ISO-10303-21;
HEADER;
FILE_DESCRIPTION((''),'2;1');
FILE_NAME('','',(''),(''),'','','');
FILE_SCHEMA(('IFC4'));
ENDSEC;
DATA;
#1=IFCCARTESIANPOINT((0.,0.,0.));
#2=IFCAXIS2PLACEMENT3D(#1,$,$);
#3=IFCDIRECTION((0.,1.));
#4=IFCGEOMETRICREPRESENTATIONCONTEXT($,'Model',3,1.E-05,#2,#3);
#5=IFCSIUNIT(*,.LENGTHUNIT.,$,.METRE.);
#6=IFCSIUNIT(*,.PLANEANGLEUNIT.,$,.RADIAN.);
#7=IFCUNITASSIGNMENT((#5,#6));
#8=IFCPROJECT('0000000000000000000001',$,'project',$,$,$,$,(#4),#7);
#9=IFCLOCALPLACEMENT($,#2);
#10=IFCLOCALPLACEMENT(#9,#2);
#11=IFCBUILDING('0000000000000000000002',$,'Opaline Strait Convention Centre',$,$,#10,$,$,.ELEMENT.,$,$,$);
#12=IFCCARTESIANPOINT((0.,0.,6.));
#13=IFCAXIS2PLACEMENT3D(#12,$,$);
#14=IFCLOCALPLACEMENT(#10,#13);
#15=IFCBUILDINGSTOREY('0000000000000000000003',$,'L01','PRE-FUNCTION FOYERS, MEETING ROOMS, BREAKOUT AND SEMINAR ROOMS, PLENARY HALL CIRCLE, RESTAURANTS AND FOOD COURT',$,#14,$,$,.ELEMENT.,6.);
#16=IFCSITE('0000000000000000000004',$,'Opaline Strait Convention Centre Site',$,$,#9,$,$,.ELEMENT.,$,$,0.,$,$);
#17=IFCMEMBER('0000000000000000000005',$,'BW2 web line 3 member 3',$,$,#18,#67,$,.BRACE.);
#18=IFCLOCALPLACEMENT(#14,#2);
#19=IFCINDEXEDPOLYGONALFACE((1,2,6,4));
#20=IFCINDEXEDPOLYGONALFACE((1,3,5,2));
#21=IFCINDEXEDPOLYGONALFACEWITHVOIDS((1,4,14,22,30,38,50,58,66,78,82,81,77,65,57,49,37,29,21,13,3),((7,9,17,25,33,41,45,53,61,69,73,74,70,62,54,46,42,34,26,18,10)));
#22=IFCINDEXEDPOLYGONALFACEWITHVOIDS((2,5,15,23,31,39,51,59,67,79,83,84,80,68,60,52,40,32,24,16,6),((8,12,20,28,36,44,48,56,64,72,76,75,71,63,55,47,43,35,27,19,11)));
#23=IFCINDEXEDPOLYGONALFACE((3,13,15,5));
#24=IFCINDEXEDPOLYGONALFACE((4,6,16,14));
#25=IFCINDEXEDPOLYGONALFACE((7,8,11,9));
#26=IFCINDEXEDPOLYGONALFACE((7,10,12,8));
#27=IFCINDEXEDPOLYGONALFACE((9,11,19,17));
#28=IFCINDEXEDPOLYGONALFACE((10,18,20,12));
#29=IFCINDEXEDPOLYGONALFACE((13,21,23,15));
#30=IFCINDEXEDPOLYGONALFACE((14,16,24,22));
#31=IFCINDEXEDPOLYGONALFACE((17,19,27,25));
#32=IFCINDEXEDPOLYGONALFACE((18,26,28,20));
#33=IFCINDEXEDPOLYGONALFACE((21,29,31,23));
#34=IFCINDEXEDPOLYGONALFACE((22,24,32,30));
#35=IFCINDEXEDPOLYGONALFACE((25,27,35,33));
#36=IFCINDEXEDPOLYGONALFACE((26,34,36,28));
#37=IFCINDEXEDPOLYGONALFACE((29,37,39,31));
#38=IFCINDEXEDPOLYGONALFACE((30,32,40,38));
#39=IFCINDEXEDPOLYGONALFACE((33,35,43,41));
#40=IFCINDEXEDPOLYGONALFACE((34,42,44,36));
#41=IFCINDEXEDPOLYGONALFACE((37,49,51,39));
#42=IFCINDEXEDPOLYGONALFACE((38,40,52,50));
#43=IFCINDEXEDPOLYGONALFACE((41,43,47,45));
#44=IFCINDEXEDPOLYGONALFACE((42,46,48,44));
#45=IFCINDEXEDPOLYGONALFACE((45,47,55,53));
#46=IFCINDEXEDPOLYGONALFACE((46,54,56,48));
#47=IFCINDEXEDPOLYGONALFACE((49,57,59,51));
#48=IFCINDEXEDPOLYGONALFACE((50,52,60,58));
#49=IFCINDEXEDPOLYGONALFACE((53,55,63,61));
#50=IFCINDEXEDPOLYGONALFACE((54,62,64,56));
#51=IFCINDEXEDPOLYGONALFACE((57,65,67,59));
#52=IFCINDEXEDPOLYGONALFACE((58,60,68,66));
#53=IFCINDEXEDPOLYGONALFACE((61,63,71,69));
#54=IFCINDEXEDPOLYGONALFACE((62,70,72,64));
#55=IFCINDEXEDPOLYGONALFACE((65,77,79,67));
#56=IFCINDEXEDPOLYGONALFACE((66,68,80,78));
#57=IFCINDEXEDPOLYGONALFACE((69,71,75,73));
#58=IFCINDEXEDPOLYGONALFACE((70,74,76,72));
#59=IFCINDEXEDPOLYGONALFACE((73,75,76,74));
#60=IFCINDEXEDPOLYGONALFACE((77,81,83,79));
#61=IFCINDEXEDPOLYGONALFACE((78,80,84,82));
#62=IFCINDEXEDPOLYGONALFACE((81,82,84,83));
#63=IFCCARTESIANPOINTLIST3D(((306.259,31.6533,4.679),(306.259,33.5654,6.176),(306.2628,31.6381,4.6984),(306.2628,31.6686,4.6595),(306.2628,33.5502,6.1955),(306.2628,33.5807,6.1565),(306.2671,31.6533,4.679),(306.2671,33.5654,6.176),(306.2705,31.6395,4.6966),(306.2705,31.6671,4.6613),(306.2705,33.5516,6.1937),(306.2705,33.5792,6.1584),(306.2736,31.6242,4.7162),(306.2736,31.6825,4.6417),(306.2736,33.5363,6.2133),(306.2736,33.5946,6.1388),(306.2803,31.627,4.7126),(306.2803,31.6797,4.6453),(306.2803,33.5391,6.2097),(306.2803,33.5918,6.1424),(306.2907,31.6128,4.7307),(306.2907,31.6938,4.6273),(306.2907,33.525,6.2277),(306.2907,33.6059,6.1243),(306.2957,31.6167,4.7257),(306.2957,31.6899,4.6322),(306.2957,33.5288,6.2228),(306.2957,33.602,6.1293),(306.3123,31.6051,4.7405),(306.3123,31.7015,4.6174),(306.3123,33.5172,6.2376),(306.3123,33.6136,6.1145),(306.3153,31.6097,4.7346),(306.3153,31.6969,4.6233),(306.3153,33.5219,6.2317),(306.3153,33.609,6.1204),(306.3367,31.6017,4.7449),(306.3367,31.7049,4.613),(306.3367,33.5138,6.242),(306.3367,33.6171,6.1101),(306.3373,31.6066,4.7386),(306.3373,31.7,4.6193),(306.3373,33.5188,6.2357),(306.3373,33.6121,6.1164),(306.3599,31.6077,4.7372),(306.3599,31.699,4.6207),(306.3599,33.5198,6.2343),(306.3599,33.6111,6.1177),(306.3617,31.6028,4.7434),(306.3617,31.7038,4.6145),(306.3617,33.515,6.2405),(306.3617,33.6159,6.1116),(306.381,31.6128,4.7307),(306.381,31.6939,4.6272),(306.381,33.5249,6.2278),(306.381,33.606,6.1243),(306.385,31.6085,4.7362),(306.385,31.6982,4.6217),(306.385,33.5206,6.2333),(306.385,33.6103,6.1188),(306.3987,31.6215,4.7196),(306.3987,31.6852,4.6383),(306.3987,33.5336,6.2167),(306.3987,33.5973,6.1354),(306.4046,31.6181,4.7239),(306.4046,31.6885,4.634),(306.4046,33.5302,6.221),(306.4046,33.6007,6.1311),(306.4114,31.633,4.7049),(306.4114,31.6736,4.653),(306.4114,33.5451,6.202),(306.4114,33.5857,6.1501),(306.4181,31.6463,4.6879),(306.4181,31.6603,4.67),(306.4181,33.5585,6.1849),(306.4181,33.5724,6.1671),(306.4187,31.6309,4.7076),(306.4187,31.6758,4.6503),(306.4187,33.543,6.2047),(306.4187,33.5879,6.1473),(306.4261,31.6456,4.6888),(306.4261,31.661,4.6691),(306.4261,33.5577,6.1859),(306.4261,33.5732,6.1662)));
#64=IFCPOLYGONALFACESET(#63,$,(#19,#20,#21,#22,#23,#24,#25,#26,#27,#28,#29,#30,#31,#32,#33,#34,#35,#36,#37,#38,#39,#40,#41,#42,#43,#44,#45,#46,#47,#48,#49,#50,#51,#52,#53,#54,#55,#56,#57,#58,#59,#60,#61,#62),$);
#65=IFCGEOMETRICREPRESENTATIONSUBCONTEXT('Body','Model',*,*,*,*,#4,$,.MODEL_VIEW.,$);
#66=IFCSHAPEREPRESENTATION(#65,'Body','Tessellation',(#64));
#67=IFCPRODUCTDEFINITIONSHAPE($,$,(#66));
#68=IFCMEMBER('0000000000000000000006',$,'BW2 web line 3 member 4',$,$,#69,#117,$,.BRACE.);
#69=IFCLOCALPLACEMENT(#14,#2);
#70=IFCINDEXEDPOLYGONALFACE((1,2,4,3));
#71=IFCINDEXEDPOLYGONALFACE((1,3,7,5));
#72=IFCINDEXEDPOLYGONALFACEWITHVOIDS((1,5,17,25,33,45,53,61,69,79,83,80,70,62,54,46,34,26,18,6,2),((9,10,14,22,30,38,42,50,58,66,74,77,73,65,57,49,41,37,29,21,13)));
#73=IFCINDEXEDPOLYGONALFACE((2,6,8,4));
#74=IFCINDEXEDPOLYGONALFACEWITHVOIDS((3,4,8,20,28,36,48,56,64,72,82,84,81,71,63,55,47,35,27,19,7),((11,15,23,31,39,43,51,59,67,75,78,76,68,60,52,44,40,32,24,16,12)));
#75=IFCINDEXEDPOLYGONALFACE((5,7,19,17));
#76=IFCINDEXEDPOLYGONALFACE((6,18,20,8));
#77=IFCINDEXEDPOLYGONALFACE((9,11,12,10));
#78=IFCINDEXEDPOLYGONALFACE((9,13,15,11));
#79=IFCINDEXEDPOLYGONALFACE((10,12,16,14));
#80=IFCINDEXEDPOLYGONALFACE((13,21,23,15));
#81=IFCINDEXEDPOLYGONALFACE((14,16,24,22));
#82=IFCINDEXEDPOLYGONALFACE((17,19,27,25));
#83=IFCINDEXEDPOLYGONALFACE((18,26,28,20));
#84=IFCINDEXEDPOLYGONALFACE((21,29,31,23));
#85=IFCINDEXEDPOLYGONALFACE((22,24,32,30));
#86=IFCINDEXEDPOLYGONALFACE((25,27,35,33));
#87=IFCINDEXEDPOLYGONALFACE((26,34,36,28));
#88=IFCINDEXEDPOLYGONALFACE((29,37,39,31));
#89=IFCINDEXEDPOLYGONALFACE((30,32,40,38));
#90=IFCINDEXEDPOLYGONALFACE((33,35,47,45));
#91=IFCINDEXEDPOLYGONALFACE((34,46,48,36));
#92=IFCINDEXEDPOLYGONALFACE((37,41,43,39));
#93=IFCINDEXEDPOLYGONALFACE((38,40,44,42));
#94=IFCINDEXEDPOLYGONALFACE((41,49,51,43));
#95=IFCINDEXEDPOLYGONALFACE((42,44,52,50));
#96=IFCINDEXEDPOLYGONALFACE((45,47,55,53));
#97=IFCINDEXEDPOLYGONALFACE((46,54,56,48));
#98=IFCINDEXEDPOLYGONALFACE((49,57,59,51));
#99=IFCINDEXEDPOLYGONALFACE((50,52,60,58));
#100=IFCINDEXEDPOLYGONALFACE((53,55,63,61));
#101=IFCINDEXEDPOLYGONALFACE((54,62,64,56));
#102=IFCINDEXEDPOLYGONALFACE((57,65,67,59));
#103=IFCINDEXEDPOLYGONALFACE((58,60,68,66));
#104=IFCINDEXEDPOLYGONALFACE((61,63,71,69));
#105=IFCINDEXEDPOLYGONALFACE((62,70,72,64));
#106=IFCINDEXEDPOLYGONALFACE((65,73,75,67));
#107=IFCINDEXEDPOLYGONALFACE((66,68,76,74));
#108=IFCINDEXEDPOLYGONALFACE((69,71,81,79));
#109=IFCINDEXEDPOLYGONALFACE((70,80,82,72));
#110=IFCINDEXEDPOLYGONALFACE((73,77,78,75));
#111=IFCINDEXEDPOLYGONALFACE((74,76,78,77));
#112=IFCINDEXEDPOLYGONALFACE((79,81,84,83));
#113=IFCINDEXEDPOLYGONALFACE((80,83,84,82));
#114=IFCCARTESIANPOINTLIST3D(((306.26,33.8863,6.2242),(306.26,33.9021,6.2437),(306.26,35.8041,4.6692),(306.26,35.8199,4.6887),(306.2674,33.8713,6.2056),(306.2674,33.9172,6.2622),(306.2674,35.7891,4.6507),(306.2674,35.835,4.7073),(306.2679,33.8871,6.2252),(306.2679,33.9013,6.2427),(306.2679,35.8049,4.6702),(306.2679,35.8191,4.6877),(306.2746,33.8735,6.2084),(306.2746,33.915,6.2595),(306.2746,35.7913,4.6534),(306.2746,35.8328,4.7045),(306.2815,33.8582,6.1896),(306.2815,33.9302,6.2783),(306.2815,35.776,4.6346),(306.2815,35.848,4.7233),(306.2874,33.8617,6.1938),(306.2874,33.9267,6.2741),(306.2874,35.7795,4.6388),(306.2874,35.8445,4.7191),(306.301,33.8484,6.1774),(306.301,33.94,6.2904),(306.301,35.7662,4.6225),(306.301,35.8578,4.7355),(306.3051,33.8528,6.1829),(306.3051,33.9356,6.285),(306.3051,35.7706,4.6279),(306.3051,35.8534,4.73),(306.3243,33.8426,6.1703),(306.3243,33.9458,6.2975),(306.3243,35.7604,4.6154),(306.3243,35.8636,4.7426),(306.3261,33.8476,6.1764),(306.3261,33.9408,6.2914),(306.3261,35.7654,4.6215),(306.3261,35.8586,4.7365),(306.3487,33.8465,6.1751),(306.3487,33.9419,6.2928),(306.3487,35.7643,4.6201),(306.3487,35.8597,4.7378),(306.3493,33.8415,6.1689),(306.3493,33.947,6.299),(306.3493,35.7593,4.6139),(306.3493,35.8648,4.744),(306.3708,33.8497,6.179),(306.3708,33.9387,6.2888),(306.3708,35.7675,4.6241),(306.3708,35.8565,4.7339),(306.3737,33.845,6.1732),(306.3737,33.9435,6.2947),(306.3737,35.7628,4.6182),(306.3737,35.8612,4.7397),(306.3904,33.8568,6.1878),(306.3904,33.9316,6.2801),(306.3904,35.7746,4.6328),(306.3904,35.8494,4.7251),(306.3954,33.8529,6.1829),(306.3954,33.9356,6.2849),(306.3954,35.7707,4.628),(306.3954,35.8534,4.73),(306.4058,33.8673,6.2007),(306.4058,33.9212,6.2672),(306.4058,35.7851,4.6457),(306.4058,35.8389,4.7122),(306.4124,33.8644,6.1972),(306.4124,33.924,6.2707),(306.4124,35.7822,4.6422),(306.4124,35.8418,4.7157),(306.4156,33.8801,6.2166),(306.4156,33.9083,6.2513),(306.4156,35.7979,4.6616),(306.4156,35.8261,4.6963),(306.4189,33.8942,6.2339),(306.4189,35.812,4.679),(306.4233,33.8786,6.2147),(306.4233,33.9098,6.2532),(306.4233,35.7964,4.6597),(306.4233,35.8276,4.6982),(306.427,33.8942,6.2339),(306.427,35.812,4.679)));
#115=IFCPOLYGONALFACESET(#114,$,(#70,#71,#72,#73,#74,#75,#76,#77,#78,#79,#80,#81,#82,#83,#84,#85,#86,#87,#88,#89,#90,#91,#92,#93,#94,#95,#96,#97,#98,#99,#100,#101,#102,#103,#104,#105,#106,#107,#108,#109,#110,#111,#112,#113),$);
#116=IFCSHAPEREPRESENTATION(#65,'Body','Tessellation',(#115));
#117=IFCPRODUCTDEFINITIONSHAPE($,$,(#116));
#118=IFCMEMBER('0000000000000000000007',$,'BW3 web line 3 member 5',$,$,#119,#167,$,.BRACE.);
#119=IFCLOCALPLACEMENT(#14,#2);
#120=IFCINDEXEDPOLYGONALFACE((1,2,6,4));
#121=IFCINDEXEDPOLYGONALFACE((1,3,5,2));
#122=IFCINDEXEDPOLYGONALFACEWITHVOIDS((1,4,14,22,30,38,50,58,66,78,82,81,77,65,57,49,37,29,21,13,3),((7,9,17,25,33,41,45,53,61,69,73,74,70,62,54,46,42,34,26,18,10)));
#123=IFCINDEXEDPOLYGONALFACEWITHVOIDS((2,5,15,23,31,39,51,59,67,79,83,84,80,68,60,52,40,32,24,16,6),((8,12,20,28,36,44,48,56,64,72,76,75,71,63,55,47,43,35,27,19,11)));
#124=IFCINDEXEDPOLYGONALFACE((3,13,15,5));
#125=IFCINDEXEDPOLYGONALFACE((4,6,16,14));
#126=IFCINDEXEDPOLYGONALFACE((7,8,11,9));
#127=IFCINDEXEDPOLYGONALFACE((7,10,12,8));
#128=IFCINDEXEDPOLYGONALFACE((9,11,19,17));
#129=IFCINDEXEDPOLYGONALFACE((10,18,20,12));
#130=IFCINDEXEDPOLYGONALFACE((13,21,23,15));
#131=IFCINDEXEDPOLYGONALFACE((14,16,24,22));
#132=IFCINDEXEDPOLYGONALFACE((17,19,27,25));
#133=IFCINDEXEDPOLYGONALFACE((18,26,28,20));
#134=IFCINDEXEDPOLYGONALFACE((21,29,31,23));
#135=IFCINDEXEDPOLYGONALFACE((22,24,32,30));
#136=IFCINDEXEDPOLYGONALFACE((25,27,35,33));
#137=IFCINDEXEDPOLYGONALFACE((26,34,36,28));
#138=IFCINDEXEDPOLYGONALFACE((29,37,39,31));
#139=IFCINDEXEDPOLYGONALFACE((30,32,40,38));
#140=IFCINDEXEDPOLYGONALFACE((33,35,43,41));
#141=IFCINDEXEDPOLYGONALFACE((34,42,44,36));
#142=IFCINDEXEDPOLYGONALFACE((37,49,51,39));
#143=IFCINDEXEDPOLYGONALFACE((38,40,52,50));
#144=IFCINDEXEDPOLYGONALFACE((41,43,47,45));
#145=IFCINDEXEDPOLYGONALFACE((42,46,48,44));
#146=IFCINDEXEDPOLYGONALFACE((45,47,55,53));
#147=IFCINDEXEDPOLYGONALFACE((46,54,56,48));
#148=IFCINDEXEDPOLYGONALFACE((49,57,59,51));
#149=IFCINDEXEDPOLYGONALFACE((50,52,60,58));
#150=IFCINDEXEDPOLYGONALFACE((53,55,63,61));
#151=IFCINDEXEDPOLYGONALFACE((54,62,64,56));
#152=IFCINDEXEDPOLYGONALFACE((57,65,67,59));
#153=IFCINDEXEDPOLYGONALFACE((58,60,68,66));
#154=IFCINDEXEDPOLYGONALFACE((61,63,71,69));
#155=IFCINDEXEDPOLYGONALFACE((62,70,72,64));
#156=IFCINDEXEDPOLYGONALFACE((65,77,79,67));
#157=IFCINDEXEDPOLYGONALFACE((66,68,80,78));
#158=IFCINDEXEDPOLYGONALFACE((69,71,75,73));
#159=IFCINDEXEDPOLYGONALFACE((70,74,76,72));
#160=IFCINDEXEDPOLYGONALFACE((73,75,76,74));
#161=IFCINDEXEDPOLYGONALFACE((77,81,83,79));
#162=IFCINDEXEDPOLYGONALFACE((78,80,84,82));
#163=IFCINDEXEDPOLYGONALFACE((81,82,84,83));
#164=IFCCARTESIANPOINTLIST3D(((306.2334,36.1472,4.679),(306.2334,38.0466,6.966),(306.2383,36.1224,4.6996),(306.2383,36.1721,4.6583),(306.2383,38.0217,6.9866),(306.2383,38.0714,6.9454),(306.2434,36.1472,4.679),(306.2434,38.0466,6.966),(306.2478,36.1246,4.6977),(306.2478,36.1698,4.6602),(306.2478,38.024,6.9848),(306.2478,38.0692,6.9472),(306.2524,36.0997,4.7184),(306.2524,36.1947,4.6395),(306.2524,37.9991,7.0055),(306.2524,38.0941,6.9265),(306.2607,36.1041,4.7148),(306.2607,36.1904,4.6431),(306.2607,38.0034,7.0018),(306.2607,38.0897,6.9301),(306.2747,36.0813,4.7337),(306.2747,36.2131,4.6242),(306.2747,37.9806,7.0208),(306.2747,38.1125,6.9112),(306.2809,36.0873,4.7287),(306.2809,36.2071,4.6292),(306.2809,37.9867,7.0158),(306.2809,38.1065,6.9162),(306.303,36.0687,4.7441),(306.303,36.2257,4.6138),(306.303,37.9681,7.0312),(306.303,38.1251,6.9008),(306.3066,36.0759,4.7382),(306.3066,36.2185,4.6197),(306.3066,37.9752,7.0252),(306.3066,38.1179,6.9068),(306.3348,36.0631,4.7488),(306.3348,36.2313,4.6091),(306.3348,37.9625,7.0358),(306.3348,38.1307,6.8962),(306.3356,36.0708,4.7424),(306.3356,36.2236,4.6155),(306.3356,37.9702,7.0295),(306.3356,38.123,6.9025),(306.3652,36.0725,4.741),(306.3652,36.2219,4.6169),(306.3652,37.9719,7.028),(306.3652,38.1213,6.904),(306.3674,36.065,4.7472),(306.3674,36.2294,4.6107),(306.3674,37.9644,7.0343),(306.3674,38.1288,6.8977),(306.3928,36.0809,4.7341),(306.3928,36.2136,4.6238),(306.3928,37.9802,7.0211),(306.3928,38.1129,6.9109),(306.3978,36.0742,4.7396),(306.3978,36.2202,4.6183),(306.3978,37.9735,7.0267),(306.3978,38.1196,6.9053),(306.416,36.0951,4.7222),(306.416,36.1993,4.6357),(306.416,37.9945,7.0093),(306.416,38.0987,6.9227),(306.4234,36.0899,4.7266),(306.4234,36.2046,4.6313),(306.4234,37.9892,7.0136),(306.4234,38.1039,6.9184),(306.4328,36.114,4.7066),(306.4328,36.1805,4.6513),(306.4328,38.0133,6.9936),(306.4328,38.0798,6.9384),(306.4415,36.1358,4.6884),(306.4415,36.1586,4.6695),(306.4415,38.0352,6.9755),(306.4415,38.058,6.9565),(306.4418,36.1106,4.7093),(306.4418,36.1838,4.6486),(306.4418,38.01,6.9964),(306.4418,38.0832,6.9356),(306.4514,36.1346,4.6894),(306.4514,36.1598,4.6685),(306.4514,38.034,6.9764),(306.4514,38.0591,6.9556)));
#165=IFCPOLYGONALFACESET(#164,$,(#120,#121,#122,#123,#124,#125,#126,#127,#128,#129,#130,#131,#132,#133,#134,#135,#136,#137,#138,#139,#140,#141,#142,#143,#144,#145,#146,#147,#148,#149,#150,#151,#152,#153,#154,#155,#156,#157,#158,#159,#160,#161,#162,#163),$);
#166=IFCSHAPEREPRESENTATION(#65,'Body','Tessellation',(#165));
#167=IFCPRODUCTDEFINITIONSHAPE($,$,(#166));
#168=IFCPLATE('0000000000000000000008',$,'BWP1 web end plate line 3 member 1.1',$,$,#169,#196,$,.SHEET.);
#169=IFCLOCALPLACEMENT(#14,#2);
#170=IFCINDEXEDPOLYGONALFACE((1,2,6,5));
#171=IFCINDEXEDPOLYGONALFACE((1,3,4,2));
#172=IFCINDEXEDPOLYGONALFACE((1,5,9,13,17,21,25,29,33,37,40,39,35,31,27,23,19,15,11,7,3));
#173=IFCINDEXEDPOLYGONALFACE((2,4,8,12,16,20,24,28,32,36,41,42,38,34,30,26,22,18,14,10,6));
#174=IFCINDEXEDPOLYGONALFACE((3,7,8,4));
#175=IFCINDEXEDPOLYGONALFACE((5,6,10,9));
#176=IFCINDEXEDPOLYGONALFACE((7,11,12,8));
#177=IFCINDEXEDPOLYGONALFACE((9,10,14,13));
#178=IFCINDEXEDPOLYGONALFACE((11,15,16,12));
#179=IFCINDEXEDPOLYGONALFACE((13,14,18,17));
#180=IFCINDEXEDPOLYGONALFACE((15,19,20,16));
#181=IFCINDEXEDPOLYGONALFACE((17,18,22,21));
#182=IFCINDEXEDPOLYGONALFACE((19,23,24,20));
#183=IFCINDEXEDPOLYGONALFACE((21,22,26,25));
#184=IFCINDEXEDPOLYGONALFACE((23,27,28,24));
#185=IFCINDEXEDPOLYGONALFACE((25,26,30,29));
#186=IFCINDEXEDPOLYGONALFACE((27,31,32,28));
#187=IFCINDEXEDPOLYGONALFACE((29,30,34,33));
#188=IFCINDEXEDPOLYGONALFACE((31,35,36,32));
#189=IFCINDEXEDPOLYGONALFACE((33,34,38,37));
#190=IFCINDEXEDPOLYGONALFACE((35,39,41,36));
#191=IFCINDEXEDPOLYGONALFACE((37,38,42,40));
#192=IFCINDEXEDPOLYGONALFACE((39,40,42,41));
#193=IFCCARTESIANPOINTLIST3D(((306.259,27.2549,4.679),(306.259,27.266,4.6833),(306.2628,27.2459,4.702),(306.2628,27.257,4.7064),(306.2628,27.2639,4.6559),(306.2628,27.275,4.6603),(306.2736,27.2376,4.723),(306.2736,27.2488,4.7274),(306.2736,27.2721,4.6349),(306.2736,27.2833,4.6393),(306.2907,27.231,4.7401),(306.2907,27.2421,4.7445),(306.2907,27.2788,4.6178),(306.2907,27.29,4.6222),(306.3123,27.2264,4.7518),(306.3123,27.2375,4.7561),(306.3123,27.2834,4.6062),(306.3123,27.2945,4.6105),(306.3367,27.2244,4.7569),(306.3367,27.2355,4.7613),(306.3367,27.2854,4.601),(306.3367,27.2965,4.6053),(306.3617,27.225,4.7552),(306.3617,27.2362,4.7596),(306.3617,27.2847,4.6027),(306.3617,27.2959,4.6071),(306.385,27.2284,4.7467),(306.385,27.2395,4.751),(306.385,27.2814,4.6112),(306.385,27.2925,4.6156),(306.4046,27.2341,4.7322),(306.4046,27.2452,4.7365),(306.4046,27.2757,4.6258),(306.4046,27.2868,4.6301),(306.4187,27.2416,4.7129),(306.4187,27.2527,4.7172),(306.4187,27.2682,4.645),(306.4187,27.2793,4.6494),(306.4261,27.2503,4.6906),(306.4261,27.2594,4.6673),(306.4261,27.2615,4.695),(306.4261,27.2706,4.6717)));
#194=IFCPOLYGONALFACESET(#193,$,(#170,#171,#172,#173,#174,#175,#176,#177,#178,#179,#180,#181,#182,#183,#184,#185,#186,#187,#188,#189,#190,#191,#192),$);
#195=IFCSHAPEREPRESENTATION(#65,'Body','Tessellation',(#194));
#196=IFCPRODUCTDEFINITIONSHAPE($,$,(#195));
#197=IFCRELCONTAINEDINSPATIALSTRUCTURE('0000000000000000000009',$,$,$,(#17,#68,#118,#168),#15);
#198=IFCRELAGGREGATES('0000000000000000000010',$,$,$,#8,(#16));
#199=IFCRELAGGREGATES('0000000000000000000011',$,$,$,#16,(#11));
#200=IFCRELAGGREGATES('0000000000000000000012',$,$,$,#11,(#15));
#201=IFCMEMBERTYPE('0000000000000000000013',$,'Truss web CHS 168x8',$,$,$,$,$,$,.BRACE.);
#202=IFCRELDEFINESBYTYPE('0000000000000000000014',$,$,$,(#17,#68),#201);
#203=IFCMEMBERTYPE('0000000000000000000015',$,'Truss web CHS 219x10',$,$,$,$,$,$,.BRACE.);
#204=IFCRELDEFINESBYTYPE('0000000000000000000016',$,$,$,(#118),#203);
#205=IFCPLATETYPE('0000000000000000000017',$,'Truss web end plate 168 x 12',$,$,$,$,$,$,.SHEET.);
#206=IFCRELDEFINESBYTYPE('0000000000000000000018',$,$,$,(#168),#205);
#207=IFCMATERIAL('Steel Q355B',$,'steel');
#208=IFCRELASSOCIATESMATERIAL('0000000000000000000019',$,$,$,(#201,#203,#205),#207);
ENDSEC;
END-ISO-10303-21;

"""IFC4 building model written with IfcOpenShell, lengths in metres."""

from ifc_helpers import new_model, si_unit, direction, frame, origin, origin_2d, place, context, subcontext, project, spatial, circle, hollow_circle, extrude, material, material_profile, profile_set, type_object, element, save


model = new_model("IFC4")

# Units and contexts
model_context = context("Model", 3, precision=1e-05, world=origin(), true_north=direction((0.0, 1.0)))
body_context = subcontext(model_context, "Body", "Model", "MODEL_VIEW")
ifc_project = project(units=[si_unit("LENGTHUNIT", "METRE"), si_unit("PLANEANGLEUNIT", "RADIAN")], contexts=[model_context])

# Site, building, storey
site_placement = place(None, origin())
site = spatial("IfcSite", under=ifc_project, at=site_placement, Name="Opaline Strait Convention Centre Site", CompositionType="ELEMENT", RefElevation=0.0)
building_placement = place(site_placement, origin())
building = spatial("IfcBuilding", under=site, at=building_placement, Name="Opaline Strait Convention Centre", CompositionType="ELEMENT")
storey_placement = place(building_placement, frame((0.0, 0.0, 6.0)))
storey = spatial("IfcBuildingStorey", under=building, at=storey_placement, Name="L01", Description="PRE-FUNCTION FOYERS, MEETING ROOMS, BREAKOUT AND SEMINAR ROOMS, PLENARY HALL CIRCLE, RESTAURANTS AND FOOD COURT", CompositionType="ELEMENT", Elevation=6.0)

# Members
ifc_material_1 = material(Name="Steel Q355B", Category="steel")
ifc_material_profile_1 = material_profile(ifc_material_1, hollow_circle(Radius=0.084, WallThickness=0.0081, at=origin_2d()), Name="CHS 168x8")
ifc_profile_set_1 = profile_set([ifc_material_profile_1], Name="Steel Q355B")
member_type_1 = type_object("IfcMemberType", Name="Truss web CHS 168x8", PredefinedType="BRACE", material=ifc_profile_set_1)
member_1_placement = place(storey_placement, frame((306.343, 31.6533, 4.679), z_axis=(0.0, 0.787378, 0.616471), x_axis=(-1.0, 0.0, 0.0)))
element("IfcMember", 1, at=member_1_placement, inside=storey, type_object=member_type_1, Name="BW2 web line 3 member 3", PredefinedType="BRACE", context=body_context, shape_type="SweptSolid", body=[
    extrude(hollow_circle(Radius=0.084, WallThickness=0.0081, at=origin_2d()), origin(), (0.0, 0.0, 1.0), 2.4285),
])
member_2_placement = place(storey_placement, frame((306.343, 35.812, 4.679), z_axis=(0.0, -0.776752, 0.629807), x_axis=(1.0, 0.0, 0.0)))
element("IfcMember", 2, at=member_2_placement, inside=storey, type_object=member_type_1, Name="BW2 web line 3 member 4", PredefinedType="BRACE", context=body_context, shape_type="SweptSolid", body=[
    extrude(hollow_circle(Radius=0.084, WallThickness=0.0081, at=origin_2d()), origin(), (0.0, 0.0, 1.0), 2.469),
])
ifc_material_profile_2 = material_profile(ifc_material_1, hollow_circle(Radius=0.1096, WallThickness=0.01, at=origin_2d()), Name="CHS 219x10")
ifc_profile_set_2 = profile_set([ifc_material_profile_2], Name="Steel Q355B")
member_type_2 = type_object("IfcMemberType", Name="Truss web CHS 219x10", PredefinedType="BRACE", material=ifc_profile_set_2)
member_3_placement = place(storey_placement, frame((306.343, 36.1472, 4.679), z_axis=(0.0, 0.638891, 0.769297), x_axis=(-1.0, 0.0, 0.0)))
element("IfcMember", 3, at=member_3_placement, inside=storey, type_object=member_type_2, Name="BW3 web line 3 member 5", PredefinedType="BRACE", context=body_context, shape_type="SweptSolid", body=[
    extrude(hollow_circle(Radius=0.1096, WallThickness=0.01, at=origin_2d()), origin(), (0.0, 0.0, 1.0), 2.9729),
])

# Plate
ifc_material_profile_3 = material_profile(ifc_material_1, circle(Radius=0.084, at=origin_2d()), Name="D168")
ifc_profile_set_3 = profile_set([ifc_material_profile_3], Name="Steel Q355B")
plate_type = type_object("IfcPlateType", Name="Truss web end plate 168 x 12", PredefinedType="SHEET", material=ifc_profile_set_3)
for number, where, z_axis, x_axis, name in (
    (4, (306.343, 27.2549, 4.679), (0.0, 0.931243, 0.364399), (-1.0, 0.0, 0.0), "BWP1 web end plate line 3 member 1.1"),
):
    element("IfcPlate", number, at=place(storey_placement, frame(where, z_axis=z_axis, x_axis=x_axis)), inside=storey, type_object=plate_type, Name=name, PredefinedType="SHEET", context=body_context, shape_type="SweptSolid", body=[
        extrude(circle(Radius=0.084, at=origin_2d()), origin(), (0.0, 0.0, 1.0), 0.012),
    ])

save(model, "model.ifc")
